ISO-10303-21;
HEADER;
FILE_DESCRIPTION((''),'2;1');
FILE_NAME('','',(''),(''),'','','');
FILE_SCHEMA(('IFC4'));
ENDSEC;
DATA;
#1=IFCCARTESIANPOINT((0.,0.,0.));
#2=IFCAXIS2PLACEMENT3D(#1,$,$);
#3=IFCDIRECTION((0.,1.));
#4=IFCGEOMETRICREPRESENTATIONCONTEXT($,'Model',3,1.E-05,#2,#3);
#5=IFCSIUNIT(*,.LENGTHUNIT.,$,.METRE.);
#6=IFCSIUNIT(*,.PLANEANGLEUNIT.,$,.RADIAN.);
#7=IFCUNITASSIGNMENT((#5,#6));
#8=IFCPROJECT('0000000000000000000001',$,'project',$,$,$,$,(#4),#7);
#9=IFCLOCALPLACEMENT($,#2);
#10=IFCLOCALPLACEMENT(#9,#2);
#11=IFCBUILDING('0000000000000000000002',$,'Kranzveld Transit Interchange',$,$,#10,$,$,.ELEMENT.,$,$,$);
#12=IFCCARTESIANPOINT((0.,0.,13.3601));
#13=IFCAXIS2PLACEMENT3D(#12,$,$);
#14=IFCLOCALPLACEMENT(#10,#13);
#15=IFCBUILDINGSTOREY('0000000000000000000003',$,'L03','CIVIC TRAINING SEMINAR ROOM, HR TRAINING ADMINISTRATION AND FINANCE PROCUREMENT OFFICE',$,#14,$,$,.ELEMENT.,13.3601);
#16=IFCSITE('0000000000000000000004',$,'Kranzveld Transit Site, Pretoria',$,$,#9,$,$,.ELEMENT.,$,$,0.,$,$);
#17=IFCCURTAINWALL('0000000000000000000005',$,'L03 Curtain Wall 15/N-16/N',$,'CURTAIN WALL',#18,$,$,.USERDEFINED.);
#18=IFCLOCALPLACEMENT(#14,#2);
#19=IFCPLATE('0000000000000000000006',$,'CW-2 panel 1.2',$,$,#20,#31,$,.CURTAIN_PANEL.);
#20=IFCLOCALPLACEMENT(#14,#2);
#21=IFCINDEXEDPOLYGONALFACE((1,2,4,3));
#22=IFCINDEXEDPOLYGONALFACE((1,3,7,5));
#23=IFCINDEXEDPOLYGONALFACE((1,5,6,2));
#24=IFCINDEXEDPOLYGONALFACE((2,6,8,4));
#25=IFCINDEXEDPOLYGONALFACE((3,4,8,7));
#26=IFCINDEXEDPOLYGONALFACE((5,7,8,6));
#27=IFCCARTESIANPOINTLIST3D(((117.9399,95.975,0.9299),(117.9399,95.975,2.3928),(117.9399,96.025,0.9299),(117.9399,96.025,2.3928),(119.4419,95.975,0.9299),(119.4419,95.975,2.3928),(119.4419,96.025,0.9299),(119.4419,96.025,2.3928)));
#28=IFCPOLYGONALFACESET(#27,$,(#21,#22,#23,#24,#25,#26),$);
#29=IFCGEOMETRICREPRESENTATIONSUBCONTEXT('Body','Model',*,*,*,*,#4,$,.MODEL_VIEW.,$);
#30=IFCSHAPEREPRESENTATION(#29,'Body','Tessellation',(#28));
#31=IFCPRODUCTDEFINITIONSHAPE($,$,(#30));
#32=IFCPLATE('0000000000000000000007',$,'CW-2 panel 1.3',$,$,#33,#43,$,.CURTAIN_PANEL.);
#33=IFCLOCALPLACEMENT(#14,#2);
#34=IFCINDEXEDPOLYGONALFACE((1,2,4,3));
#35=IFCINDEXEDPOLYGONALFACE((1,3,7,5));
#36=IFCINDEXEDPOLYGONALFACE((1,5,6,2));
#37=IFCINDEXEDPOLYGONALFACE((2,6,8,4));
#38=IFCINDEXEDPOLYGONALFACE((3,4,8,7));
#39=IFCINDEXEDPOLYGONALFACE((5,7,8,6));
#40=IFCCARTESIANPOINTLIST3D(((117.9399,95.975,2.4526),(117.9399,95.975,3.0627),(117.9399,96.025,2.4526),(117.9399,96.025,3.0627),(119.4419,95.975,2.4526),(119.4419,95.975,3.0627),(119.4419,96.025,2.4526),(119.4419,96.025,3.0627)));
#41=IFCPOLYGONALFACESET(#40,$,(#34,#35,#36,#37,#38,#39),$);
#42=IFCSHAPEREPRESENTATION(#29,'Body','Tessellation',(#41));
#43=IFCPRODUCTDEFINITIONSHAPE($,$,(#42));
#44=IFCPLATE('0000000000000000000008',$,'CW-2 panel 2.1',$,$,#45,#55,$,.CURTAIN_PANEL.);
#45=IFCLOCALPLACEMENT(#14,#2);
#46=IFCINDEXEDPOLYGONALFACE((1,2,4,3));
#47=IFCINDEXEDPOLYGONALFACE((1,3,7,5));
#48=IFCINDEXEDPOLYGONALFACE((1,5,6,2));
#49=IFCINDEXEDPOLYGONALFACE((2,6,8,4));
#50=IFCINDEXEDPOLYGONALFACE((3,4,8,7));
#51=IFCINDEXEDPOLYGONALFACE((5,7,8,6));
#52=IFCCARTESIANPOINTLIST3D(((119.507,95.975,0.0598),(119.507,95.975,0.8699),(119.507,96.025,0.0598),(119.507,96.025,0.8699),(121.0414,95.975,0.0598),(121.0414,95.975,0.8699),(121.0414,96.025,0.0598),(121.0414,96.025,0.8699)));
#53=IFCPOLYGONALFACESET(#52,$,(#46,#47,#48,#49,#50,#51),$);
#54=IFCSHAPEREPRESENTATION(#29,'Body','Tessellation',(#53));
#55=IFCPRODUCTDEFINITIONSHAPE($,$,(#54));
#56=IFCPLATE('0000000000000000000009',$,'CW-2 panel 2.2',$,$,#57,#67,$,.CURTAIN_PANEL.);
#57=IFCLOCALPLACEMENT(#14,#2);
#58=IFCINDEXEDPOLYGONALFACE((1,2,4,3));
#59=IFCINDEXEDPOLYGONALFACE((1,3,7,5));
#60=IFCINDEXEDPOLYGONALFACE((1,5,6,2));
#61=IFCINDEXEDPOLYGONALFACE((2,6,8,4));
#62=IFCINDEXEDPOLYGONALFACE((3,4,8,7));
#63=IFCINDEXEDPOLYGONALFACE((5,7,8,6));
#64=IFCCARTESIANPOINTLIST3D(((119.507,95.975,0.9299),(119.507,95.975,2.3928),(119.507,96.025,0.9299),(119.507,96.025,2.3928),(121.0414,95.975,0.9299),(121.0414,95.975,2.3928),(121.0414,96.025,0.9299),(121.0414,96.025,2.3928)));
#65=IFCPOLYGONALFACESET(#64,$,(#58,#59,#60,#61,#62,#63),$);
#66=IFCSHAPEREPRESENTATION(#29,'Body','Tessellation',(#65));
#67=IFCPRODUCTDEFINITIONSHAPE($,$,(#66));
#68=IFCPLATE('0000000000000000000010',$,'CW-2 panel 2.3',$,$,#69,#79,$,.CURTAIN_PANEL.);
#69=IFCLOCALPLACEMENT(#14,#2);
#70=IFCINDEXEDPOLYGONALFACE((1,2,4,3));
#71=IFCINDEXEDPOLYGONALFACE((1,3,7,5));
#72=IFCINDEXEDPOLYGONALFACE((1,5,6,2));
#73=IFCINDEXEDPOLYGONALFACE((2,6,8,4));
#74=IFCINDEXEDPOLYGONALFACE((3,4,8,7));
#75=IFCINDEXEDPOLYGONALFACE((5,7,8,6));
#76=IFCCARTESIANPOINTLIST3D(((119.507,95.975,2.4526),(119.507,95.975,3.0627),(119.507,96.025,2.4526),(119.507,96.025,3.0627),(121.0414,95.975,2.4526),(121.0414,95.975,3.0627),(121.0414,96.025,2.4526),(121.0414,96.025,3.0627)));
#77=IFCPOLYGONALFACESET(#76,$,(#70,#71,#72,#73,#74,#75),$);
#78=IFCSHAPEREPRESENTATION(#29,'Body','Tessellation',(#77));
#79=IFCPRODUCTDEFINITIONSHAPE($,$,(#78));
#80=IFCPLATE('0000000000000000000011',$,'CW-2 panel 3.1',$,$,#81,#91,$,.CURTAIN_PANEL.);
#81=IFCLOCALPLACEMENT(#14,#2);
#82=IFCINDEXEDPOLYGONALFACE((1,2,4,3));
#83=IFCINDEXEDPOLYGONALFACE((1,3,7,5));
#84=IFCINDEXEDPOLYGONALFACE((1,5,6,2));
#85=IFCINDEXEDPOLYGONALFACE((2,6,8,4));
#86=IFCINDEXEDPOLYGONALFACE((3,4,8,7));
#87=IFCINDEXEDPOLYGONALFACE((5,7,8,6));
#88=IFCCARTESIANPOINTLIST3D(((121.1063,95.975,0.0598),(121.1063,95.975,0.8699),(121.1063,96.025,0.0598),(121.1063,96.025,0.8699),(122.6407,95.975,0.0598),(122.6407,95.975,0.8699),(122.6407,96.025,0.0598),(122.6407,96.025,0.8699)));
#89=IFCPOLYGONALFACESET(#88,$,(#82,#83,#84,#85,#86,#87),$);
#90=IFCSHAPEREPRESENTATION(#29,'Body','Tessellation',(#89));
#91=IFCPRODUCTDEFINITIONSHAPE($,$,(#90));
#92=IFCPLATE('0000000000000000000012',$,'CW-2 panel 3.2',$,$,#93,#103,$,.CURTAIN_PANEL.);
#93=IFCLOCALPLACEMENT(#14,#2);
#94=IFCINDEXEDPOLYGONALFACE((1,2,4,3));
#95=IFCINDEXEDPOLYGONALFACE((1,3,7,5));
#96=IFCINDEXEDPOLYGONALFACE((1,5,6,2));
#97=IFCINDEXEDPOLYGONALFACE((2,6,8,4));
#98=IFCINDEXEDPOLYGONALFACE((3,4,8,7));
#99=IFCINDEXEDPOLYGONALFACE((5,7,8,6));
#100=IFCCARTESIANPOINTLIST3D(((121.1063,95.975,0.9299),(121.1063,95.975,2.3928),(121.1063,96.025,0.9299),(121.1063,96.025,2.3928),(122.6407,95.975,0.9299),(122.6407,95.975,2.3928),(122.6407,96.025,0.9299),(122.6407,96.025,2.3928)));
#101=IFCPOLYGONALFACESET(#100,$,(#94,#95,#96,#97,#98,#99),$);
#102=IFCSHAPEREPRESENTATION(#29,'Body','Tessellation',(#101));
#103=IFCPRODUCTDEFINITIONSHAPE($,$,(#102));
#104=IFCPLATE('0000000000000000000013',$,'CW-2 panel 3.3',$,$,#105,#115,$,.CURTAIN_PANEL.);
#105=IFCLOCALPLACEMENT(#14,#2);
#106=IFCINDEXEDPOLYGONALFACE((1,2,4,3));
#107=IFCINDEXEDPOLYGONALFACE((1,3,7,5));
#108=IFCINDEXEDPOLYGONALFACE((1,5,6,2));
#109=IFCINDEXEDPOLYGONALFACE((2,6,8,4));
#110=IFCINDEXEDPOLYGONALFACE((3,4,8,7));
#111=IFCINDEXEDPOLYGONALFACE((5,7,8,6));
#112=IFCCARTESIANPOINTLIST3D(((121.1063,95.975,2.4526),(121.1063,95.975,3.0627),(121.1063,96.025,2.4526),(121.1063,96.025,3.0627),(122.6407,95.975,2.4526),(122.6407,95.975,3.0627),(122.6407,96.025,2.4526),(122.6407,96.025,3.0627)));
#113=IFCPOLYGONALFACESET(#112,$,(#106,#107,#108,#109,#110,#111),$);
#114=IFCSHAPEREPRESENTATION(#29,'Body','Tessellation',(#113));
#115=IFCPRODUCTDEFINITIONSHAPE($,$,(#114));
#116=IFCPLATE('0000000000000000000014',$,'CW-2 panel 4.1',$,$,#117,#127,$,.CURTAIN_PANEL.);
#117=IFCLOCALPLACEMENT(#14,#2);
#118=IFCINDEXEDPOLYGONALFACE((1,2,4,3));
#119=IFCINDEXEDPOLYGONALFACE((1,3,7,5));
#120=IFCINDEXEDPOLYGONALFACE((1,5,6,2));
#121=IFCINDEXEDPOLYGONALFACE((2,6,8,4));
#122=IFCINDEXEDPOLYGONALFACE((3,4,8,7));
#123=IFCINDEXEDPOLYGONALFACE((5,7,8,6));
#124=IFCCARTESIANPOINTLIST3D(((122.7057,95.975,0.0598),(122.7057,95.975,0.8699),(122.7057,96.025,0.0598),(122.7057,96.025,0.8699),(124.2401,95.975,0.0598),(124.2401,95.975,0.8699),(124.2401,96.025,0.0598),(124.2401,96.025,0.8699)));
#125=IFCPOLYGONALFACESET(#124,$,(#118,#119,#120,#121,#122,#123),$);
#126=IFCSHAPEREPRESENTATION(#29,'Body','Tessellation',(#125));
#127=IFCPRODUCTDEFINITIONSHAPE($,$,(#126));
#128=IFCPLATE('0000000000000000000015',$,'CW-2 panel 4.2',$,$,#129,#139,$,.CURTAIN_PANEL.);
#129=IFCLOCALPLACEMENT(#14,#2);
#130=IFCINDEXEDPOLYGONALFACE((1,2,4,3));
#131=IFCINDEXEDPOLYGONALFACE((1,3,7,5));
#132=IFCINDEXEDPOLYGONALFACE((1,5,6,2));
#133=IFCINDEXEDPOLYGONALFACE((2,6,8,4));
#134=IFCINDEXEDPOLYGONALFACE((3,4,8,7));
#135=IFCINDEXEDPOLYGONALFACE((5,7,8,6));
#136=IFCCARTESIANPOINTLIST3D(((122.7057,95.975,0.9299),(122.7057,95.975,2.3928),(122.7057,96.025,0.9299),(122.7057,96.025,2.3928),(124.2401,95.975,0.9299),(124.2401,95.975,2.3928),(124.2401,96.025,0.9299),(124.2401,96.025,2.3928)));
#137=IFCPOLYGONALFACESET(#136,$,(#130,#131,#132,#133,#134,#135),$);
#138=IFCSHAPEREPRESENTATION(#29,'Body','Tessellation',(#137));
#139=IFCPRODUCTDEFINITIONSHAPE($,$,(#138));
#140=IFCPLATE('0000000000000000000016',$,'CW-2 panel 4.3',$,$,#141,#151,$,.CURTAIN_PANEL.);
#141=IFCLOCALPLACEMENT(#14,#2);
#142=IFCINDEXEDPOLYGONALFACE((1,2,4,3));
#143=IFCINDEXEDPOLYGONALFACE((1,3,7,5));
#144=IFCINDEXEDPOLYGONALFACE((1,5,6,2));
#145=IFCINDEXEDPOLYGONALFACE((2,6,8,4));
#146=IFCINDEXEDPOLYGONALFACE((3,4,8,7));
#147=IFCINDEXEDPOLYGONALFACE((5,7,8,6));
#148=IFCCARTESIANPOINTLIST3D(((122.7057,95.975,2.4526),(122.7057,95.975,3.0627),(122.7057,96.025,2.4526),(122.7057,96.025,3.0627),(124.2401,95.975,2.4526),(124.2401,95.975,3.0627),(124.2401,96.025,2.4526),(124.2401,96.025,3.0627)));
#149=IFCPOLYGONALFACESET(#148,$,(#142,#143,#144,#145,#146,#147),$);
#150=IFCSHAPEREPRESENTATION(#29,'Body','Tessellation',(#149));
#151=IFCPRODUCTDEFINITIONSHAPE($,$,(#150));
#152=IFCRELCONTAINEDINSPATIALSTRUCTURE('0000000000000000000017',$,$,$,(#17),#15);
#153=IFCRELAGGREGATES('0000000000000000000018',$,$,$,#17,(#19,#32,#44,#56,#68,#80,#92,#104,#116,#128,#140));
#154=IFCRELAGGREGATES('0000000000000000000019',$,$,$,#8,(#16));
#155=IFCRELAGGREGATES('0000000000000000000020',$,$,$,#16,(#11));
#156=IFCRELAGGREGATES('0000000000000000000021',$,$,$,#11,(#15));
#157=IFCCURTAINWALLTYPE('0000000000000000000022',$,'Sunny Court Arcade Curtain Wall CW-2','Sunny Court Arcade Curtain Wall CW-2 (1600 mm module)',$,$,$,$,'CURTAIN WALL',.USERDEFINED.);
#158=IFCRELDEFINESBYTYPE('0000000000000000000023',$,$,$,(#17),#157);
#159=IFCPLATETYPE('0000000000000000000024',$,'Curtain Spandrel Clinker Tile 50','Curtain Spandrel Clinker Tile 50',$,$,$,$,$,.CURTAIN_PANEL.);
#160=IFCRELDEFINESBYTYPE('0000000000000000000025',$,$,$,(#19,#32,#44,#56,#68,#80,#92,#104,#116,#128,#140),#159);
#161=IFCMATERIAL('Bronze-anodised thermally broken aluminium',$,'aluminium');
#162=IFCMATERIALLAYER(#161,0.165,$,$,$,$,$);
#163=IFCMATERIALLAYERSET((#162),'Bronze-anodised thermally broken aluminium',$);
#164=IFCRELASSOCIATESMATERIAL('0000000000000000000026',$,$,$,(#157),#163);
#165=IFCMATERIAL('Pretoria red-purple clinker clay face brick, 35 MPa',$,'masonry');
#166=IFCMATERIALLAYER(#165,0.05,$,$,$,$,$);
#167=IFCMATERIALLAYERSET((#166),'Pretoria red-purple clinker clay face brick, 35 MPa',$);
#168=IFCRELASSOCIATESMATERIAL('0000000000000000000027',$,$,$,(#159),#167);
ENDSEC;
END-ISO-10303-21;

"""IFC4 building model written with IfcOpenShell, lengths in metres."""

from ifc_helpers import new_model, si_unit, direction, frame, origin, origin_2d, place, context, subcontext, project, spatial, rectangle, extrude, material, layer, layer_set, type_object, element, aggregate, save


model = new_model("IFC4")

# Units and contexts
model_context = context("Model", 3, precision=1e-05, world=origin(), true_north=direction((0.0, 1.0)))
body_context = subcontext(model_context, "Body", "Model", "MODEL_VIEW")
ifc_project = project(units=[si_unit("LENGTHUNIT", "METRE"), si_unit("PLANEANGLEUNIT", "RADIAN")], contexts=[model_context])

# Site, building, storey
site_placement = place(None, origin())
site = spatial("IfcSite", under=ifc_project, at=site_placement, Name="Kranzveld Transit Site, Pretoria", CompositionType="ELEMENT", RefElevation=0.0)
building_placement = place(site_placement, origin())
building = spatial("IfcBuilding", under=site, at=building_placement, Name="Kranzveld Transit Interchange", CompositionType="ELEMENT")
storey_placement = place(building_placement, frame((0.0, 0.0, 13.3601)))
storey = spatial("IfcBuildingStorey", under=building, at=storey_placement, Name="L03", Description="CIVIC TRAINING SEMINAR ROOM, HR TRAINING ADMINISTRATION AND FINANCE PROCUREMENT OFFICE", CompositionType="ELEMENT", Elevation=13.3601)

# Curtain wall, plates
ifc_material_1 = material(Name="Bronze-anodised thermally broken aluminium", Category="aluminium")
ifc_layer_1 = layer(ifc_material_1, 0.165)
ifc_layer_set_1 = layer_set([ifc_layer_1], Name="Bronze-anodised thermally broken aluminium")
curtain_wall_type = type_object("IfcCurtainWallType", Name="Sunny Court Arcade Curtain Wall CW-2", Description="Sunny Court Arcade Curtain Wall CW-2 (1600 mm module)", ElementType="CURTAIN WALL", PredefinedType="USERDEFINED", material=ifc_layer_set_1)
curtain_wall_placement = place(storey_placement, origin())
curtain_wall = element("IfcCurtainWall", 1, at=curtain_wall_placement, inside=storey, type_object=curtain_wall_type, Name="L03 Curtain Wall 15/N-16/N", ObjectType="CURTAIN WALL", PredefinedType="USERDEFINED")
ifc_material_2 = material(Name="Pretoria red-purple clinker clay face brick, 35 MPa", Category="masonry")
ifc_layer_2 = layer(ifc_material_2, 0.05)
ifc_layer_set_2 = layer_set([ifc_layer_2], Name="Pretoria red-purple clinker clay face brick, 35 MPa")
plate_type = type_object("IfcPlateType", Name="Curtain Spandrel Clinker Tile 50", Description="Curtain Spandrel Clinker Tile 50", PredefinedType="CURTAIN_PANEL", material=ifc_layer_set_2)
plate_1_placement = place(storey_placement, frame((118.6909, 96.0, 0.9299), z_axis=(0.0, 0.0, 1.0), x_axis=(1.0, 0.0, 0.0)))
plate_1 = element("IfcPlate", 2, at=plate_1_placement, type_object=plate_type, Name="CW-2 panel 1.2", PredefinedType="CURTAIN_PANEL", context=body_context, shape_type="SweptSolid", body=[
    extrude(rectangle(XDim=1.502, YDim=0.05, at=origin_2d()), origin(), (0.0, 0.0, 1.0), 1.4629),
])
plate_2_placement = place(storey_placement, frame((118.6909, 96.0, 2.4526), z_axis=(0.0, 0.0, 1.0), x_axis=(1.0, 0.0, 0.0)))
plate_2 = element("IfcPlate", 3, at=plate_2_placement, type_object=plate_type, Name="CW-2 panel 1.3", PredefinedType="CURTAIN_PANEL", context=body_context, shape_type="SweptSolid", body=[
    extrude(rectangle(XDim=1.502, YDim=0.05, at=origin_2d()), origin(), (0.0, 0.0, 1.0), 0.6101),
])
plate_3_placement = place(storey_placement, frame((120.2742, 96.0, 0.0598), z_axis=(0.0, 0.0, 1.0), x_axis=(1.0, 0.0, 0.0)))
plate_3 = element("IfcPlate", 4, at=plate_3_placement, type_object=plate_type, Name="CW-2 panel 2.1", PredefinedType="CURTAIN_PANEL", context=body_context, shape_type="SweptSolid", body=[
    extrude(rectangle(XDim=1.5344, YDim=0.05, at=origin_2d()), origin(), (0.0, 0.0, 1.0), 0.8101),
])
plate_4_placement = place(storey_placement, frame((120.2742, 96.0, 0.9299), z_axis=(0.0, 0.0, 1.0), x_axis=(1.0, 0.0, 0.0)))
plate_4 = element("IfcPlate", 5, at=plate_4_placement, type_object=plate_type, Name="CW-2 panel 2.2", PredefinedType="CURTAIN_PANEL", context=body_context, shape_type="SweptSolid", body=[
    extrude(rectangle(XDim=1.5344, YDim=0.05, at=origin_2d()), origin(), (0.0, 0.0, 1.0), 1.4629),
])
plate_5_placement = place(storey_placement, frame((120.2742, 96.0, 2.4526), z_axis=(0.0, 0.0, 1.0), x_axis=(1.0, 0.0, 0.0)))
plate_5 = element("IfcPlate", 6, at=plate_5_placement, type_object=plate_type, Name="CW-2 panel 2.3", PredefinedType="CURTAIN_PANEL", context=body_context, shape_type="SweptSolid", body=[
    extrude(rectangle(XDim=1.5344, YDim=0.05, at=origin_2d()), origin(), (0.0, 0.0, 1.0), 0.6101),
])
plate_6_placement = place(storey_placement, frame((121.8735, 96.0, 0.0598), z_axis=(0.0, 0.0, 1.0), x_axis=(1.0, 0.0, 0.0)))
plate_6 = element("IfcPlate", 7, at=plate_6_placement, type_object=plate_type, Name="CW-2 panel 3.1", PredefinedType="CURTAIN_PANEL", context=body_context, shape_type="SweptSolid", body=[
    extrude(rectangle(XDim=1.5344, YDim=0.05, at=origin_2d()), origin(), (0.0, 0.0, 1.0), 0.8101),
])
plate_7_placement = place(storey_placement, frame((121.8735, 96.0, 0.9299), z_axis=(0.0, 0.0, 1.0), x_axis=(1.0, 0.0, 0.0)))
plate_7 = element("IfcPlate", 8, at=plate_7_placement, type_object=plate_type, Name="CW-2 panel 3.2", PredefinedType="CURTAIN_PANEL", context=body_context, shape_type="SweptSolid", body=[
    extrude(rectangle(XDim=1.5344, YDim=0.05, at=origin_2d()), origin(), (0.0, 0.0, 1.0), 1.4629),
])
plate_8_placement = place(storey_placement, frame((121.8735, 96.0, 2.4526), z_axis=(0.0, 0.0, 1.0), x_axis=(1.0, 0.0, 0.0)))
plate_8 = element("IfcPlate", 9, at=plate_8_placement, type_object=plate_type, Name="CW-2 panel 3.3", PredefinedType="CURTAIN_PANEL", context=body_context, shape_type="SweptSolid", body=[
    extrude(rectangle(XDim=1.5344, YDim=0.05, at=origin_2d()), origin(), (0.0, 0.0, 1.0), 0.6101),
])
plate_9_placement = place(storey_placement, frame((123.4729, 96.0, 0.0598), z_axis=(0.0, 0.0, 1.0), x_axis=(1.0, 0.0, 0.0)))
plate_9 = element("IfcPlate", 10, at=plate_9_placement, type_object=plate_type, Name="CW-2 panel 4.1", PredefinedType="CURTAIN_PANEL", context=body_context, shape_type="SweptSolid", body=[
    extrude(rectangle(XDim=1.5344, YDim=0.05, at=origin_2d()), origin(), (0.0, 0.0, 1.0), 0.8101),
])
plate_10_placement = place(storey_placement, frame((123.4729, 96.0, 0.9299), z_axis=(0.0, 0.0, 1.0), x_axis=(1.0, 0.0, 0.0)))
plate_10 = element("IfcPlate", 11, at=plate_10_placement, type_object=plate_type, Name="CW-2 panel 4.2", PredefinedType="CURTAIN_PANEL", context=body_context, shape_type="SweptSolid", body=[
    extrude(rectangle(XDim=1.5344, YDim=0.05, at=origin_2d()), origin(), (0.0, 0.0, 1.0), 1.4629),
])
plate_11_placement = place(storey_placement, frame((123.4729, 96.0, 2.4526), z_axis=(0.0, 0.0, 1.0), x_axis=(1.0, 0.0, 0.0)))
plate_11 = element("IfcPlate", 12, at=plate_11_placement, type_object=plate_type, Name="CW-2 panel 4.3", PredefinedType="CURTAIN_PANEL", context=body_context, shape_type="SweptSolid", body=[
    extrude(rectangle(XDim=1.5344, YDim=0.05, at=origin_2d()), origin(), (0.0, 0.0, 1.0), 0.6101),
])
aggregate(curtain_wall, [plate_1, plate_2, plate_3, plate_4, plate_5, plate_6, plate_7, plate_8, plate_9, plate_10, plate_11])

save(model, "model.ifc")
